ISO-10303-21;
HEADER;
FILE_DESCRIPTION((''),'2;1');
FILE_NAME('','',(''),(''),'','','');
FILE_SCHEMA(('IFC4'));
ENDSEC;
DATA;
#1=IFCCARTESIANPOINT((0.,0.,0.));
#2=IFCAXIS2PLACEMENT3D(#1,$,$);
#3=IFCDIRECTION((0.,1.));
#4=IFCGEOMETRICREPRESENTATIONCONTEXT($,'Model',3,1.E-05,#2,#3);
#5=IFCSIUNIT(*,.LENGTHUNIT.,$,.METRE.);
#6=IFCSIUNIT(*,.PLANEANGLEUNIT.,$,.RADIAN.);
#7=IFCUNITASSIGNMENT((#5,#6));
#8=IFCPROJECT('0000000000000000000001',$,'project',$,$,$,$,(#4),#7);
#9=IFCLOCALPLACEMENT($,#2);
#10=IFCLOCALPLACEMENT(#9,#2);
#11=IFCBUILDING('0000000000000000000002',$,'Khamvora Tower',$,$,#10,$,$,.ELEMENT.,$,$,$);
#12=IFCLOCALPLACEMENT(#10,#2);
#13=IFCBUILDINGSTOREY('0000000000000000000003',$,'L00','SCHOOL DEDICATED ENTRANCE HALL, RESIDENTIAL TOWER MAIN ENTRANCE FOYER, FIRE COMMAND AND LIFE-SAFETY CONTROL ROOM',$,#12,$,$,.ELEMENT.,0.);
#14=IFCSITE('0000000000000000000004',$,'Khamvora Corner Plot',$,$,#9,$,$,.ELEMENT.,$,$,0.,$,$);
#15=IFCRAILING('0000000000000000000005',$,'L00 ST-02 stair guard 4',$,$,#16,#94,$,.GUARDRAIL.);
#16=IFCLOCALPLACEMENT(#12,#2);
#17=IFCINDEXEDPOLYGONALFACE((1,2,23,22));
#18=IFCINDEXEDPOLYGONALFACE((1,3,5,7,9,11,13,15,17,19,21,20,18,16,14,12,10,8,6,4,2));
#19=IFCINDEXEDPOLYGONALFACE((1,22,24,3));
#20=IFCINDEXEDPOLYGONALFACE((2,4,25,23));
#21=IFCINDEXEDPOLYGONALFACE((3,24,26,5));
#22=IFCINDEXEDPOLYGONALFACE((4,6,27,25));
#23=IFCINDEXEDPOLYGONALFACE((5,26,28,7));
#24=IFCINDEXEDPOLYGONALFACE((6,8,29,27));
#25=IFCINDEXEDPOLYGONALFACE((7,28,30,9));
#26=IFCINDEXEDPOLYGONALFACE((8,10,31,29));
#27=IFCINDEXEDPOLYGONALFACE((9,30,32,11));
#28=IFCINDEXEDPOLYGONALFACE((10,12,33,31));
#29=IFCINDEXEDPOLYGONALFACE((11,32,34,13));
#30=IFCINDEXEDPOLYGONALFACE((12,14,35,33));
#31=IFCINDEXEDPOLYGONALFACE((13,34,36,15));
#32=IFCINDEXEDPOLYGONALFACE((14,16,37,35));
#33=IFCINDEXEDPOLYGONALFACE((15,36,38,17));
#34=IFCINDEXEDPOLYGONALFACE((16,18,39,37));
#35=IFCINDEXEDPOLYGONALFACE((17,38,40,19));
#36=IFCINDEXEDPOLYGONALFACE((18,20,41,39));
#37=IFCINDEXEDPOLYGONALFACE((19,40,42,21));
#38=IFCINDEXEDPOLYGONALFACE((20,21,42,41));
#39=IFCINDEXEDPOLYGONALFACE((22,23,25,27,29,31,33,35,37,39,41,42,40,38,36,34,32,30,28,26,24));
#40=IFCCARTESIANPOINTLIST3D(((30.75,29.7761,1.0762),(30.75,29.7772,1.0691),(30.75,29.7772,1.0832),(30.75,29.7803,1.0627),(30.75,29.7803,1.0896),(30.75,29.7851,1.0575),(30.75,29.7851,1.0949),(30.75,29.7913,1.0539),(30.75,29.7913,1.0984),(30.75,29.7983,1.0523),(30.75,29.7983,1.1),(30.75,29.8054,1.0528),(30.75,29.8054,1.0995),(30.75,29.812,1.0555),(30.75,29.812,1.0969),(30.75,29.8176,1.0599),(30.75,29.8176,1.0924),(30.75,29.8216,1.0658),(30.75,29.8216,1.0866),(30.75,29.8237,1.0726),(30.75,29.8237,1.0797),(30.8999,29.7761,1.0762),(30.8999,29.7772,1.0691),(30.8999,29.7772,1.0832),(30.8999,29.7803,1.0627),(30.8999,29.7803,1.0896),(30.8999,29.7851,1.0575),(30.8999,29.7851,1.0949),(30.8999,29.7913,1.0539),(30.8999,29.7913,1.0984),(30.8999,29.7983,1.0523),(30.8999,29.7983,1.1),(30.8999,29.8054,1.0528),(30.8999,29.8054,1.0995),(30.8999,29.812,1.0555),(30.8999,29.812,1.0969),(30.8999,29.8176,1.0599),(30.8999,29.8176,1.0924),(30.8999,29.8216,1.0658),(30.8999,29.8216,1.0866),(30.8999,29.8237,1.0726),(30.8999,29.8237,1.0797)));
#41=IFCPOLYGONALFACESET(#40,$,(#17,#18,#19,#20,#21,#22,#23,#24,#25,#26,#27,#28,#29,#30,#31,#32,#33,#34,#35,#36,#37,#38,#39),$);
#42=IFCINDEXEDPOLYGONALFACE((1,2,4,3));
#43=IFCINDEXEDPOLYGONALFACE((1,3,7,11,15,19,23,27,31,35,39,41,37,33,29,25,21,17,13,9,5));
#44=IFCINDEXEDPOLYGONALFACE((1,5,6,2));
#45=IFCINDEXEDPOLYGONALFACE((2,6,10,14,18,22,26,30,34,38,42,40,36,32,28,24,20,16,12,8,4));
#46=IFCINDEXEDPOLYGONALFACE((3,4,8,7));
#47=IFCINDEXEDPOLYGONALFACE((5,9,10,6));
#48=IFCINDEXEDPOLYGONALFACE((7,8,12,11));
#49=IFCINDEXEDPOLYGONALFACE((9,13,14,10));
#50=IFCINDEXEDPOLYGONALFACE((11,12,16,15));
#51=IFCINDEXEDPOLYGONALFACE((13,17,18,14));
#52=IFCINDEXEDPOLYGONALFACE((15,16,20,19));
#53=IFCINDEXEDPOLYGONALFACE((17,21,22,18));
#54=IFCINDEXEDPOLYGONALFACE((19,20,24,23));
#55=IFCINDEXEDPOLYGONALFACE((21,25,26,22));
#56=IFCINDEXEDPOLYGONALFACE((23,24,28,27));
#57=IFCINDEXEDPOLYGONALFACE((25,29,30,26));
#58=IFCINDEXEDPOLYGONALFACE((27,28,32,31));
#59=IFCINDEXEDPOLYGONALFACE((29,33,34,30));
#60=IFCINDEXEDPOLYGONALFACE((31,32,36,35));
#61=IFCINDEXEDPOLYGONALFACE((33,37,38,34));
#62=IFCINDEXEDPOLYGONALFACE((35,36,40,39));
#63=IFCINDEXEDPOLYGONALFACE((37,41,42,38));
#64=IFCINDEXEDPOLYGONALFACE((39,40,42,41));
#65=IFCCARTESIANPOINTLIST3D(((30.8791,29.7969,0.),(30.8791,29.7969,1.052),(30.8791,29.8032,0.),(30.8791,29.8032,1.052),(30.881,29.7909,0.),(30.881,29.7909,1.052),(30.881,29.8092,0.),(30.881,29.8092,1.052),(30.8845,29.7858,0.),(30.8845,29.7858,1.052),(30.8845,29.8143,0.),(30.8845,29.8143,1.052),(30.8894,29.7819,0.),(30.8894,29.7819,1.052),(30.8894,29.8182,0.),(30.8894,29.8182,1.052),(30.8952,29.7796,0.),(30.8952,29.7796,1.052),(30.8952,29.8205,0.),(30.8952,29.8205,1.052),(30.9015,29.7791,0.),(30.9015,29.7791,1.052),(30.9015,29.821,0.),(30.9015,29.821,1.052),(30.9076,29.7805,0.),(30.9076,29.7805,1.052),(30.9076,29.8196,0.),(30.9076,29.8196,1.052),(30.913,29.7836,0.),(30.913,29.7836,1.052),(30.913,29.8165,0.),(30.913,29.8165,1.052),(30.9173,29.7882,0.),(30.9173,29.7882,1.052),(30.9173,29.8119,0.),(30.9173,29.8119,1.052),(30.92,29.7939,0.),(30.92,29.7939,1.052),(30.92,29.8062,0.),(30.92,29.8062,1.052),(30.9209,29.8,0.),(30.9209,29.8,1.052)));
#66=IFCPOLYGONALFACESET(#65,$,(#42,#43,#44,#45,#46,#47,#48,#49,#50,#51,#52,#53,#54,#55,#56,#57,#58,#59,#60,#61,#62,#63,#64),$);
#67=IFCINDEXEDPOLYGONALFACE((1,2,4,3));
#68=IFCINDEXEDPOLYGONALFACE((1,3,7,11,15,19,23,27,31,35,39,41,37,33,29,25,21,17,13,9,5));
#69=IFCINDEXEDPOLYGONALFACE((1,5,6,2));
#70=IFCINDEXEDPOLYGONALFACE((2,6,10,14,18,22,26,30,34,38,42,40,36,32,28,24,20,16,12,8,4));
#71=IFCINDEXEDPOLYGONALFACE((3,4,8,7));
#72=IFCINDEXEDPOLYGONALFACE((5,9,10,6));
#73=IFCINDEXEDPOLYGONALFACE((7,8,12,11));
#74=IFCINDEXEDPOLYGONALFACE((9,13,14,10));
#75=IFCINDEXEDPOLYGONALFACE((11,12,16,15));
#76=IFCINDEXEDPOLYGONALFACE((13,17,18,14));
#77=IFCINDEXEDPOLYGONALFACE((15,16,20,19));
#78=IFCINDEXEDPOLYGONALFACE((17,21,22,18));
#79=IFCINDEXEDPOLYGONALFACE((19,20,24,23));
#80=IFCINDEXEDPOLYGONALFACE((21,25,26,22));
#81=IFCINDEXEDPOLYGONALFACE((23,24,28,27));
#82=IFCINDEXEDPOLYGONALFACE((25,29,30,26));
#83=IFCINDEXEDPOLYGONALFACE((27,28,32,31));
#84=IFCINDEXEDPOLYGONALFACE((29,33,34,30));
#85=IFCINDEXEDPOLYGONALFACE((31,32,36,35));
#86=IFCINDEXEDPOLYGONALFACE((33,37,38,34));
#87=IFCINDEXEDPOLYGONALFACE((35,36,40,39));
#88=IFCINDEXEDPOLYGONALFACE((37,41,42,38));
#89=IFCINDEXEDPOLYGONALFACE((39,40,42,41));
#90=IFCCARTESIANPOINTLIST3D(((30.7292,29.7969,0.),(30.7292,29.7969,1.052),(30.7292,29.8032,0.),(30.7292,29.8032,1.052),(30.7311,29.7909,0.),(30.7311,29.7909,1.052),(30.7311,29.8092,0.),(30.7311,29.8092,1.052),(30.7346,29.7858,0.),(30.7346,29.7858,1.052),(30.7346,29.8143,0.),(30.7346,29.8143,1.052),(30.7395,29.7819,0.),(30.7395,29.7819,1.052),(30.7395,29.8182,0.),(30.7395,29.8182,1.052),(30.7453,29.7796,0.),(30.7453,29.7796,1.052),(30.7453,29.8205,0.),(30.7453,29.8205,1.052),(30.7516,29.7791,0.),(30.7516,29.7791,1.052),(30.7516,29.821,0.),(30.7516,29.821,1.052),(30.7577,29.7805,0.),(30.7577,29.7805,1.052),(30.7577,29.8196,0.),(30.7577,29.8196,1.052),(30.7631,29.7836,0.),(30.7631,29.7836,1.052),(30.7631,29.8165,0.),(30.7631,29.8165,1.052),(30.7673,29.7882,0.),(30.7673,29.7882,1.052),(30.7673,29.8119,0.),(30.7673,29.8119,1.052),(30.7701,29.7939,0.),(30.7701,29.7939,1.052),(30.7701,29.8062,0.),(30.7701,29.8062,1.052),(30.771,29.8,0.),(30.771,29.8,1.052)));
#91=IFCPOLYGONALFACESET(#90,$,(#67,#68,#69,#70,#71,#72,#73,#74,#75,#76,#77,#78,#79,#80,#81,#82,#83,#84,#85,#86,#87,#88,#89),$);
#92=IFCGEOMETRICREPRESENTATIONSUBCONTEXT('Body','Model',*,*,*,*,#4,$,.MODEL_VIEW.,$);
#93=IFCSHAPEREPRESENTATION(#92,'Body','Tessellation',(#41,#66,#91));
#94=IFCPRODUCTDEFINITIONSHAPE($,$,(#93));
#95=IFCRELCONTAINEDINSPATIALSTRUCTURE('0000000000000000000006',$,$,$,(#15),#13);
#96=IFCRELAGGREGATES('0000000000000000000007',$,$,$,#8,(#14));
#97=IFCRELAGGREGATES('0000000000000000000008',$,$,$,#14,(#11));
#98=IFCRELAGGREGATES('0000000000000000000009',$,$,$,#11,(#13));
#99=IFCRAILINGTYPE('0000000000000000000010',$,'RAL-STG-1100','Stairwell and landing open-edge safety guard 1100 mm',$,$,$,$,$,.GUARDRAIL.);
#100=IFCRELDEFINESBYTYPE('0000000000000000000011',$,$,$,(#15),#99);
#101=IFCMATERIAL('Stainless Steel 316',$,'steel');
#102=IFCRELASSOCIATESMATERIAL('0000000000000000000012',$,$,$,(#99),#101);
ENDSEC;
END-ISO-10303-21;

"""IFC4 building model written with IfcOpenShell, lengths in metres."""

from ifc_helpers import new_model, si_unit, direction, frame, origin, origin_2d, place, context, subcontext, project, spatial, circle, extrude, material, type_object, element, save


model = new_model("IFC4")

# Units and contexts
model_context = context("Model", 3, precision=1e-05, world=origin(), true_north=direction((0.0, 1.0)))
body_context = subcontext(model_context, "Body", "Model", "MODEL_VIEW")
ifc_project = project(units=[si_unit("LENGTHUNIT", "METRE"), si_unit("PLANEANGLEUNIT", "RADIAN")], contexts=[model_context])

# Site, building, storey
site_placement = place(None, origin())
site = spatial("IfcSite", under=ifc_project, at=site_placement, Name="Khamvora Corner Plot", CompositionType="ELEMENT", RefElevation=0.0)
building_placement = place(site_placement, origin())
building = spatial("IfcBuilding", under=site, at=building_placement, Name="Khamvora Tower", CompositionType="ELEMENT")
storey_placement = place(building_placement, origin())
storey = spatial("IfcBuildingStorey", under=building, at=storey_placement, Name="L00", Description="SCHOOL DEDICATED ENTRANCE HALL, RESIDENTIAL TOWER MAIN ENTRANCE FOYER, FIRE COMMAND AND LIFE-SAFETY CONTROL ROOM", CompositionType="ELEMENT", Elevation=0.0)

# Railing
ifc_material_1 = material(Name="Stainless Steel 316", Category="steel")
railing_type_1 = type_object("IfcRailingType", Name="RAL-STG-1100", Description="Stairwell and landing open-edge safety guard 1100 mm", PredefinedType="GUARDRAIL", material=ifc_material_1)
railing_1_placement = place(storey_placement, frame((30.8999, 29.8, 0.0)))
element("IfcRailing", 1, at=railing_1_placement, inside=storey, type_object=railing_type_1, Name="L00 ST-02 stair guard 4", PredefinedType="GUARDRAIL", context=body_context, shape_type="SweptSolid", body=[
    extrude(circle(Radius=0.0239, at=origin_2d()), frame((0.0, 0.0, 1.0762), z_axis=(-1.0, 0.0, 0.0), x_axis=(0.0, -1.0, 0.0)), (0.0, 0.0, 1.0), 0.1499),
    extrude(circle(Radius=0.021, at=origin_2d()), origin(), (0.0, 0.0, 1.0), 1.052),
    extrude(circle(Radius=0.021, at=origin_2d()), frame((-0.1499, 0.0, 0.0)), (0.0, 0.0, 1.0), 1.052),
])

save(model, "model.ifc")
